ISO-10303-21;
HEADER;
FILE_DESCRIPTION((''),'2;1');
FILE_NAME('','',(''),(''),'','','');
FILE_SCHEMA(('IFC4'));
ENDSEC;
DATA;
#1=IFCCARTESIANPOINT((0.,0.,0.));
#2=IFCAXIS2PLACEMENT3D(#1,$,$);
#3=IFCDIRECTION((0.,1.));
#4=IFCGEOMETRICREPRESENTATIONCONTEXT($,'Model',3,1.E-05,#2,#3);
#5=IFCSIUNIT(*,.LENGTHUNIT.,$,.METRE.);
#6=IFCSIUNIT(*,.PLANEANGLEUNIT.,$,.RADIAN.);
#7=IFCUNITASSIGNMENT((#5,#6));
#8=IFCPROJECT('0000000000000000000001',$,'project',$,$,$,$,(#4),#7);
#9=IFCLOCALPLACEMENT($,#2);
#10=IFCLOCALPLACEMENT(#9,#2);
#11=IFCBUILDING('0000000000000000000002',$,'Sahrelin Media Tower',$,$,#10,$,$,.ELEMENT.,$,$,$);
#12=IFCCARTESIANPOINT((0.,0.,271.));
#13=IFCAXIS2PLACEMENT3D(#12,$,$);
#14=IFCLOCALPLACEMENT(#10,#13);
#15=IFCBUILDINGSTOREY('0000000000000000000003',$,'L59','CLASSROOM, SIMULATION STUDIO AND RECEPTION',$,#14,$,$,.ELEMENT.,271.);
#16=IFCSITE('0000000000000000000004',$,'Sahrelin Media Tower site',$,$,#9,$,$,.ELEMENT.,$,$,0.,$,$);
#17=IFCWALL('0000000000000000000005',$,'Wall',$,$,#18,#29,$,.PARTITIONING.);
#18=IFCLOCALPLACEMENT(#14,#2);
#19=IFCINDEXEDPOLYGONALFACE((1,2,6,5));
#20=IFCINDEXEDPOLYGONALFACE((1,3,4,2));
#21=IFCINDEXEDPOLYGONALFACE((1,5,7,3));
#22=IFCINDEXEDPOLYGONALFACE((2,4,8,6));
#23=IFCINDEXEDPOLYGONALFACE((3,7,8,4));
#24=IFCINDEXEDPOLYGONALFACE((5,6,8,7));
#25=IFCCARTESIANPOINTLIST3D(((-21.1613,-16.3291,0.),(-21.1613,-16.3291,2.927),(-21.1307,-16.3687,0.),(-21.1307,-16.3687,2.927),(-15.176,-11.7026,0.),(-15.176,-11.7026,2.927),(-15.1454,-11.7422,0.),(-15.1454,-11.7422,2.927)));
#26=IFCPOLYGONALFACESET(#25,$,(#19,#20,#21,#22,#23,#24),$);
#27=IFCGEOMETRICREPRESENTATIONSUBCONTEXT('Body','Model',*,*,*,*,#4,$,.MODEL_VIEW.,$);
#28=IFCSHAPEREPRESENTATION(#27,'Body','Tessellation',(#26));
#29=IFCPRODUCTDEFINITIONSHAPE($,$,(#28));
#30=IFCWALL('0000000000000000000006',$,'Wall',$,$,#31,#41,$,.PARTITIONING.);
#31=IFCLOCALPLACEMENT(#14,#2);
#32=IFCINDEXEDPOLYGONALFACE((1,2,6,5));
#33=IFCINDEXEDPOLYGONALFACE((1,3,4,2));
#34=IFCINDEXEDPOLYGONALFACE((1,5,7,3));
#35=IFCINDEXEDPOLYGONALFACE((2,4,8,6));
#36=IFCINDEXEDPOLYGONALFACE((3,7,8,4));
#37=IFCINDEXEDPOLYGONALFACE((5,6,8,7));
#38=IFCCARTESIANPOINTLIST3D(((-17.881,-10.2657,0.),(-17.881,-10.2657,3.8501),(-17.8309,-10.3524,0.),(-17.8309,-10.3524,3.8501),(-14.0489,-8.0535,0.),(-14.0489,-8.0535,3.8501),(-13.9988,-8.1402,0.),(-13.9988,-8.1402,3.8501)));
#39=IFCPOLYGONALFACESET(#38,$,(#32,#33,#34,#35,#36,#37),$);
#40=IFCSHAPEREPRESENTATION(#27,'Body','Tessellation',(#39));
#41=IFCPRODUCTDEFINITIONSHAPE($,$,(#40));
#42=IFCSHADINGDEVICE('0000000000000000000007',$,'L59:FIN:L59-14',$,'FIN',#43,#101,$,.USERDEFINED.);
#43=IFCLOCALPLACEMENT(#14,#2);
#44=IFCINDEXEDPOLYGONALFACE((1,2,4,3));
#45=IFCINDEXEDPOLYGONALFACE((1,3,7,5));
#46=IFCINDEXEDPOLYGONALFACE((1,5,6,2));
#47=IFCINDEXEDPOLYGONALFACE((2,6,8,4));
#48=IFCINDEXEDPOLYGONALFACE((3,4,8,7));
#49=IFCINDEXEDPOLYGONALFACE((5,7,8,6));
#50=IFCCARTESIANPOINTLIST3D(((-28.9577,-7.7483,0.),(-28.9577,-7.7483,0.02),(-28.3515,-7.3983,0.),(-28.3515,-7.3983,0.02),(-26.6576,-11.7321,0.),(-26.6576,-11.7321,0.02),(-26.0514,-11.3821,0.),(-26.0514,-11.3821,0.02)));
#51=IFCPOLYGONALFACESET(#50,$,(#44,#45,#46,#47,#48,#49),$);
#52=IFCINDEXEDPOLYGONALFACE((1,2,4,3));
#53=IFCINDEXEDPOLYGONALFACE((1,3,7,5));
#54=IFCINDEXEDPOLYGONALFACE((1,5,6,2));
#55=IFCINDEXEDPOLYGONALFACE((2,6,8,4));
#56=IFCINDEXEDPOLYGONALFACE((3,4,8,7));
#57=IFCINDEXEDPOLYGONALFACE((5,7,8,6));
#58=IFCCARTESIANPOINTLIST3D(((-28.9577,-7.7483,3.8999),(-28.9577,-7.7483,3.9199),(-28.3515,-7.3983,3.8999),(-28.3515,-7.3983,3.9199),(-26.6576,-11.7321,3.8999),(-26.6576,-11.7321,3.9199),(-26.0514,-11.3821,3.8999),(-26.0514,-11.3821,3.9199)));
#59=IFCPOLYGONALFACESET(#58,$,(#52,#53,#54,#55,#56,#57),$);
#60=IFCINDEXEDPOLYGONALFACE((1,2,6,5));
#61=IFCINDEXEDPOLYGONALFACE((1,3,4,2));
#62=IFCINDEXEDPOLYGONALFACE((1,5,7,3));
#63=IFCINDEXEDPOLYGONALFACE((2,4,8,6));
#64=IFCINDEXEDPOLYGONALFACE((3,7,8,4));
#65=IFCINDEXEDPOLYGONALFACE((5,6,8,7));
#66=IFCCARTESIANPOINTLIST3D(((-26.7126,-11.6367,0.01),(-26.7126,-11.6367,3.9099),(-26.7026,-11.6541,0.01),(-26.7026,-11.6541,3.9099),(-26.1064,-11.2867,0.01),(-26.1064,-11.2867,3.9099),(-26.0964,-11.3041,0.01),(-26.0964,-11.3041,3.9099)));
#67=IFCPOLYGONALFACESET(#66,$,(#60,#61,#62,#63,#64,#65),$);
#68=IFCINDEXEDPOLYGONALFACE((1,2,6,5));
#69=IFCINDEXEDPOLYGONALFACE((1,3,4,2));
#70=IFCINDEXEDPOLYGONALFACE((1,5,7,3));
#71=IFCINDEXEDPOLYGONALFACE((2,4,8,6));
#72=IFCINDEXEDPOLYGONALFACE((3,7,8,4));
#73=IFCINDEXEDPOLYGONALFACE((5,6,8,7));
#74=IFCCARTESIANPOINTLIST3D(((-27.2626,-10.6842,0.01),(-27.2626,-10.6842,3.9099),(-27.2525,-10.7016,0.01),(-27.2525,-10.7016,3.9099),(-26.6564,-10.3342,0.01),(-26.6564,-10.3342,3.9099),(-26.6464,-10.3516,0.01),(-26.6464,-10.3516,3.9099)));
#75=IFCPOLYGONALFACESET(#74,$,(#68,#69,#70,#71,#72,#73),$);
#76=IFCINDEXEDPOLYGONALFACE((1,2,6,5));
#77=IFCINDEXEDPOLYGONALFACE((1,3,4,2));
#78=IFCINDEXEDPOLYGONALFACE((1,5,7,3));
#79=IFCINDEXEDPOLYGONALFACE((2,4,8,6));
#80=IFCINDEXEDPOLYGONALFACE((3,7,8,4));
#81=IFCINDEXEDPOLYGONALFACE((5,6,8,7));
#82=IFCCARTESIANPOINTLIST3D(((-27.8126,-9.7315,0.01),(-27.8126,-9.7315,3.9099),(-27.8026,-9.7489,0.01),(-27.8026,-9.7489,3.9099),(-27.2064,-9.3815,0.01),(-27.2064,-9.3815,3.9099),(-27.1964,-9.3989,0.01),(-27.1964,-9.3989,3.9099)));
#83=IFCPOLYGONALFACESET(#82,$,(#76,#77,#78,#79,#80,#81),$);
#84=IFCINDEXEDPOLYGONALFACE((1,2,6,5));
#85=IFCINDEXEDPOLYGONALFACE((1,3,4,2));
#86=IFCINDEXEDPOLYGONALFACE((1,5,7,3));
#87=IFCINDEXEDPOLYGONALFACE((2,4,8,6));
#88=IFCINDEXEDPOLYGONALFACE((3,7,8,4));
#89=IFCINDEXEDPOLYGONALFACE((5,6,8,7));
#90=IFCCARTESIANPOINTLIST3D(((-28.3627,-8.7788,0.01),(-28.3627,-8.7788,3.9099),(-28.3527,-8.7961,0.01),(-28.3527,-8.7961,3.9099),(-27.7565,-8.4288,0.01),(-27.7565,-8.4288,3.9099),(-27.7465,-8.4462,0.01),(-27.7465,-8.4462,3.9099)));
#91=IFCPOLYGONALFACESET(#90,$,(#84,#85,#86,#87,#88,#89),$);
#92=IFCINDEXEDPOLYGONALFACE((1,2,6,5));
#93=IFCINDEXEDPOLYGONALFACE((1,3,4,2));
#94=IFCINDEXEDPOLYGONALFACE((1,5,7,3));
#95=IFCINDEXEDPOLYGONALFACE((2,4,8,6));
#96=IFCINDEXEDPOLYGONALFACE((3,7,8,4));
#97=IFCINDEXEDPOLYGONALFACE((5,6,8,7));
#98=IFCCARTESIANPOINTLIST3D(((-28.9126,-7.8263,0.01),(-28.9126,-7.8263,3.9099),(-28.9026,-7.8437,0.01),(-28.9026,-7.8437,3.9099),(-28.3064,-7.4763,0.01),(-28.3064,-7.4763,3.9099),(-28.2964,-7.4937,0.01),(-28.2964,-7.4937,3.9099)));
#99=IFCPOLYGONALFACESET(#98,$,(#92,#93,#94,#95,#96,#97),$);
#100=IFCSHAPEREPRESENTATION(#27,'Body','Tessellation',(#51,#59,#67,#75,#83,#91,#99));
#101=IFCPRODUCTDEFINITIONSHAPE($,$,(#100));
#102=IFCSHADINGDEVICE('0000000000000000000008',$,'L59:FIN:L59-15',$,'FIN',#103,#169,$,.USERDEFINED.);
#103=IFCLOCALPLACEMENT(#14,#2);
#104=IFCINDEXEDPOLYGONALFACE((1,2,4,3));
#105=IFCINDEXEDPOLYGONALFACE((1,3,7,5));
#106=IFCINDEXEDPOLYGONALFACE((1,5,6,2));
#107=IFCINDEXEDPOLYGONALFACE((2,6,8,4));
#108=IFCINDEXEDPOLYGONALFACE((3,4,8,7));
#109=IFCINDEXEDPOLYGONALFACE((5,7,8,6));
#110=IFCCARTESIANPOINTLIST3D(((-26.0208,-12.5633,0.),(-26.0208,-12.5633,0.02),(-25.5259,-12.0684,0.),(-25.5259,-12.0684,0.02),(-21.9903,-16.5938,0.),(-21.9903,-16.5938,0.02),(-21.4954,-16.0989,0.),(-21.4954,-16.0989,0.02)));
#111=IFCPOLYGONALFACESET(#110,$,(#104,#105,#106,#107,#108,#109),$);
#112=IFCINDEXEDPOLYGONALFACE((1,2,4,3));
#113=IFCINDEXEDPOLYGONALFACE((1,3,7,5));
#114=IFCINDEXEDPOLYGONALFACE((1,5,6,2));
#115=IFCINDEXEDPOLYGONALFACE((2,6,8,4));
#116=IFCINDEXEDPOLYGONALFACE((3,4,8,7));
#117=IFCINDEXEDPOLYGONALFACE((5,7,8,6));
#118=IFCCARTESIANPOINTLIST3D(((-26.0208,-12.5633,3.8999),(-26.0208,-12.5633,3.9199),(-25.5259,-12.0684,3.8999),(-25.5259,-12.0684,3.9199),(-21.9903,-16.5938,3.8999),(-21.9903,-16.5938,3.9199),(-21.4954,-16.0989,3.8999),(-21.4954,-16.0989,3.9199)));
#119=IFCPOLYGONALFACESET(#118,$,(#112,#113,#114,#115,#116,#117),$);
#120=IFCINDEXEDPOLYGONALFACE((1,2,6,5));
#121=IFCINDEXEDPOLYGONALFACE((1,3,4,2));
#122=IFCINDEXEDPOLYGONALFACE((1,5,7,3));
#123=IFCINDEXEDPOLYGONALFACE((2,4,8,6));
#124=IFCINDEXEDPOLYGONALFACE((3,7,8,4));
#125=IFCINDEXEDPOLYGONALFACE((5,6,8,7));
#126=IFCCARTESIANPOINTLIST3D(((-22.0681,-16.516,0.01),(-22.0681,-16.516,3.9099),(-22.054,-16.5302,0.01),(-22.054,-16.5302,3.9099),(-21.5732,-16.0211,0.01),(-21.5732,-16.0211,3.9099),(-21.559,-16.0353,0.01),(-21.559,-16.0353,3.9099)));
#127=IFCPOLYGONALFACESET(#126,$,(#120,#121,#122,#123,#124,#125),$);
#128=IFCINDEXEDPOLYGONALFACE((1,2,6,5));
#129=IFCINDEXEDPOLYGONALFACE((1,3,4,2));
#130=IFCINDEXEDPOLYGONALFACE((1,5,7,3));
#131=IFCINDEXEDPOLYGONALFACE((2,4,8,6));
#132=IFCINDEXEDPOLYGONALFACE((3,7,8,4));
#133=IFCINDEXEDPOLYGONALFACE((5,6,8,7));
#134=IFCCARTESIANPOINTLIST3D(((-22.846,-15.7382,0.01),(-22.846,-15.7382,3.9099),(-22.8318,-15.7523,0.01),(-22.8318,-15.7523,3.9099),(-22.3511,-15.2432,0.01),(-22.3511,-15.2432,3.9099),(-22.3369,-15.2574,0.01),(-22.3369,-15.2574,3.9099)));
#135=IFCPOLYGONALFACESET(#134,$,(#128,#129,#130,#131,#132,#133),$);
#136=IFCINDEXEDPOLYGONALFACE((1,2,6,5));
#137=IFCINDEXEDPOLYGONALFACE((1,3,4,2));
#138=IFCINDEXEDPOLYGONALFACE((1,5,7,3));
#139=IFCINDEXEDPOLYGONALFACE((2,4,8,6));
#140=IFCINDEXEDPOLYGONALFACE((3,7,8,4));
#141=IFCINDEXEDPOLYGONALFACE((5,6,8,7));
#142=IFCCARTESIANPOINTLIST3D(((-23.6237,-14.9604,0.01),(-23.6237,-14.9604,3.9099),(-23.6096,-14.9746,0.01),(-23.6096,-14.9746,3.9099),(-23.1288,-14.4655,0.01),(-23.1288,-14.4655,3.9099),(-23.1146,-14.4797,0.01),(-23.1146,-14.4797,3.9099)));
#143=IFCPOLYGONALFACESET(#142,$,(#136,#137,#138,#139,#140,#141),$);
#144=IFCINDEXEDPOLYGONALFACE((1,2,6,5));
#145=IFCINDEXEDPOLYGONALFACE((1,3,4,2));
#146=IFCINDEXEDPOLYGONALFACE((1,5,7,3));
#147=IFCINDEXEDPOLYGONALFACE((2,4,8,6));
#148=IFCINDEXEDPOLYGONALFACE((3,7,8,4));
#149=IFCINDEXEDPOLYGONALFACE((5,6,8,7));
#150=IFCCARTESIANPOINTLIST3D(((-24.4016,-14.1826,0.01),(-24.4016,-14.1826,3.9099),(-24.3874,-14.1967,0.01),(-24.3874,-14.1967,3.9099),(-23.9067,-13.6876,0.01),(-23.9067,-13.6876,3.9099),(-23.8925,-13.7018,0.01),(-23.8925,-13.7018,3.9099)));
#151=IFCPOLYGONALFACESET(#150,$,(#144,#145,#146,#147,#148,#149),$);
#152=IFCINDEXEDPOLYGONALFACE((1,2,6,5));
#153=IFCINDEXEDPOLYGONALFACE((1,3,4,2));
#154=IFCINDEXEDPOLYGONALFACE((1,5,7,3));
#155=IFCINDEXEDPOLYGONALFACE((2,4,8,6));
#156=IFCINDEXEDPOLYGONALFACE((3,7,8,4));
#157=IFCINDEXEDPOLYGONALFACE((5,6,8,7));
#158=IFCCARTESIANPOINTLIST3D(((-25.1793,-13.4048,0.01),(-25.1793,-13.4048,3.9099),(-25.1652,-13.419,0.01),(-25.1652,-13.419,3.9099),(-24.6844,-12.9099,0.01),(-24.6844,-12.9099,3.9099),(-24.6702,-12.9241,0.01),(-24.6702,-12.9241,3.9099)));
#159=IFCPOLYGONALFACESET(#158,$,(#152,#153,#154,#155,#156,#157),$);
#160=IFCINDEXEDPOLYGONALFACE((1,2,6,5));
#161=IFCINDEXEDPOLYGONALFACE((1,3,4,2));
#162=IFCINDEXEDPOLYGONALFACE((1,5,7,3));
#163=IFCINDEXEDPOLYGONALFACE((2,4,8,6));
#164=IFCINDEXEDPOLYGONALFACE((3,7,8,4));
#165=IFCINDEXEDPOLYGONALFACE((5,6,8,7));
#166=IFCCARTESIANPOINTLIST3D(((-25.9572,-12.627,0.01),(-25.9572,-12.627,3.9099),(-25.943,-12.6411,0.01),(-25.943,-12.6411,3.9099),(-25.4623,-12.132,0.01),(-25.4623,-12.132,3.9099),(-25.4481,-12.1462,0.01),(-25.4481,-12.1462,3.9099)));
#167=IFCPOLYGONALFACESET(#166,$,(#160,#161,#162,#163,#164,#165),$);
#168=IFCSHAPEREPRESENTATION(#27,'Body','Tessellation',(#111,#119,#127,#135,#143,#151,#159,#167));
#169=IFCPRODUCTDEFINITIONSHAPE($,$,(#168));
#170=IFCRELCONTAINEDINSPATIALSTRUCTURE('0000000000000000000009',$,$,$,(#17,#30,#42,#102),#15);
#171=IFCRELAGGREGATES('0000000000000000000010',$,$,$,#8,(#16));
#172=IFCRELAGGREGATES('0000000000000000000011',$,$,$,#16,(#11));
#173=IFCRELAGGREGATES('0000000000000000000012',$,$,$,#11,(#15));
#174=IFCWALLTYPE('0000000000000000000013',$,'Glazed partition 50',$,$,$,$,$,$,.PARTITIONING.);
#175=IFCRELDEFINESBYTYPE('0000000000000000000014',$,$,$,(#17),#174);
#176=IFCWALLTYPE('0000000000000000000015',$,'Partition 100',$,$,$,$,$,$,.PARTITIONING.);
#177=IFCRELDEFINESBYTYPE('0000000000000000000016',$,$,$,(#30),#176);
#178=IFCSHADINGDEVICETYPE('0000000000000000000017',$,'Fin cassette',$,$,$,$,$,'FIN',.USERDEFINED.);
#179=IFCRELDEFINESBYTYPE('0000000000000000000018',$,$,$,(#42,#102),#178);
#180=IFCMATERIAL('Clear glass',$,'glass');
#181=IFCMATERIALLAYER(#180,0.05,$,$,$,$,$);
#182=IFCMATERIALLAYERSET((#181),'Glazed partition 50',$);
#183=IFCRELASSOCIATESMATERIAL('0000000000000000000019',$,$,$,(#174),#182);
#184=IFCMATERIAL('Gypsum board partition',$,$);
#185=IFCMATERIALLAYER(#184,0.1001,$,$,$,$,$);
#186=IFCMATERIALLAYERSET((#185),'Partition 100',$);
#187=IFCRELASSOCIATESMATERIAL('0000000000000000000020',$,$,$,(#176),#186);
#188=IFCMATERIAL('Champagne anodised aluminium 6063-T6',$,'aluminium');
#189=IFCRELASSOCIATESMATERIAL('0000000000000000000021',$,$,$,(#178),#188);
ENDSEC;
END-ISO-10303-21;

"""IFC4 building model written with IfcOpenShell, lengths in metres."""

from ifc_helpers import new_model, si_unit, direction, frame, frame_2d, origin, origin_2d, place, context, subcontext, project, spatial, rectangle, extrude, material, layer, layer_set, type_object, element, save


model = new_model("IFC4")

# Units and contexts
model_context = context("Model", 3, precision=1e-05, world=origin(), true_north=direction((0.0, 1.0)))
body_context = subcontext(model_context, "Body", "Model", "MODEL_VIEW")
ifc_project = project(units=[si_unit("LENGTHUNIT", "METRE"), si_unit("PLANEANGLEUNIT", "RADIAN")], contexts=[model_context])

# Site, building, storey
site_placement = place(None, origin())
site = spatial("IfcSite", under=ifc_project, at=site_placement, Name="Sahrelin Media Tower site", CompositionType="ELEMENT", RefElevation=0.0)
building_placement = place(site_placement, origin())
building = spatial("IfcBuilding", under=site, at=building_placement, Name="Sahrelin Media Tower", CompositionType="ELEMENT")
storey_placement = place(building_placement, frame((0.0, 0.0, 271.0)))
storey = spatial("IfcBuildingStorey", under=building, at=storey_placement, Name="L59", Description="CLASSROOM, SIMULATION STUDIO AND RECEPTION", CompositionType="ELEMENT", Elevation=271.0)

# Shared definitions
ifc_material_1 = material(Name="Champagne anodised aluminium 6063-T6", Category="aluminium")

# Walls
ifc_material_2 = material(Name="Clear glass", Category="glass")
ifc_layer_1 = layer(ifc_material_2, 0.05)
ifc_layer_set_1 = layer_set([ifc_layer_1], Name="Glazed partition 50")
wall_type_1 = type_object("IfcWallType", Name="Glazed partition 50", PredefinedType="PARTITIONING", material=ifc_layer_set_1)
wall_1_placement = place(storey_placement, frame((-21.146, -16.3489, 0.0), z_axis=(0.0, 0.0, 1.0), x_axis=(0.791194, 0.611565, 0.0)))
element("IfcWall", 1, at=wall_1_placement, inside=storey, type_object=wall_type_1, Name="Wall", PredefinedType="PARTITIONING", context=body_context, shape_type="SweptSolid", body=[
    extrude(rectangle(XDim=7.5649, YDim=0.05, at=frame_2d((3.7825, 0.0))), origin(), (0.0, 0.0, 1.0), 2.927),
])
ifc_material_3 = material(Name="Gypsum board partition")
ifc_layer_2 = layer(ifc_material_3, 0.1001)
ifc_layer_set_2 = layer_set([ifc_layer_2], Name="Partition 100")
wall_type_2 = type_object("IfcWallType", Name="Partition 100", PredefinedType="PARTITIONING", material=ifc_layer_set_2)
wall_2_placement = place(storey_placement, frame((-17.856, -10.3091, 0.0), z_axis=(0.0, 0.0, 1.0), x_axis=(0.866051, 0.499955, 0.0)))
element("IfcWall", 2, at=wall_2_placement, inside=storey, type_object=wall_type_2, Name="Wall", PredefinedType="PARTITIONING", context=body_context, shape_type="SweptSolid", body=[
    extrude(rectangle(XDim=4.4248, YDim=0.1001, at=frame_2d((2.2124, 0.0))), origin(), (0.0, 0.0, 1.0), 3.8501),
])

# Shading devices
shading_device_type_1 = type_object("IfcShadingDeviceType", Name="Fin cassette", ElementType="FIN", PredefinedType="USERDEFINED", material=ifc_material_1)
placement_1 = place(storey_placement, frame((-27.1409, -9.3552, 0.0), z_axis=(0.0, 0.0, 1.0), x_axis=(-0.500011, 0.866019, 0.0)))
element("IfcShadingDevice", 3, at=placement_1, inside=storey, type_object=shading_device_type_1, Name="L59:FIN:L59-14", ObjectType="FIN", PredefinedType="USERDEFINED", context=body_context, shape_type="SweptSolid", body=[
    extrude(rectangle(XDim=4.6001, YDim=0.7, at=origin_2d()), frame((0.0, 0.4199, 0.0)), (0.0, 0.0, 1.0), 0.02),
    extrude(rectangle(XDim=4.6001, YDim=0.7, at=origin_2d()), frame((0.0, 0.4199, 3.8999)), (0.0, 0.0, 1.0), 0.02),
    extrude(rectangle(XDim=0.02, YDim=0.7, at=origin_2d()), frame((-2.2, 0.4199, 0.01), z_axis=(0.0, 0.0, 1.0), x_axis=(1.0, 0.0, 0.0)), (0.0, 0.0, 1.0), 3.8999),
    extrude(rectangle(XDim=0.02, YDim=0.7, at=origin_2d()), frame((-1.1001, 0.4199, 0.01), z_axis=(0.0, 0.0, 1.0), x_axis=(1.0, 0.0, 0.0)), (0.0, 0.0, 1.0), 3.8999),
    extrude(rectangle(XDim=0.02, YDim=0.7, at=origin_2d()), frame((0.0, 0.4199, 0.01), z_axis=(0.0, 0.0, 1.0), x_axis=(1.0, 0.0, 0.0)), (0.0, 0.0, 1.0), 3.8999),
    extrude(rectangle(XDim=0.02, YDim=0.7, at=origin_2d()), frame((1.1001, 0.4199, 0.01), z_axis=(0.0, 0.0, 1.0), x_axis=(1.0, 0.0, 0.0)), (0.0, 0.0, 1.0), 3.8999),
    extrude(rectangle(XDim=0.02, YDim=0.7, at=origin_2d()), frame((2.2, 0.4199, 0.01), z_axis=(0.0, 0.0, 1.0), x_axis=(1.0, 0.0, 0.0)), (0.0, 0.0, 1.0), 3.8999),
])
placement_2 = place(storey_placement, frame((-23.4612, -14.0342, 0.0), z_axis=(0.0, 0.0, 1.0), x_axis=(-0.707107, 0.707107, 0.0)))
element("IfcShadingDevice", 4, at=placement_2, inside=storey, type_object=shading_device_type_1, Name="L59:FIN:L59-15", ObjectType="FIN", PredefinedType="USERDEFINED", context=body_context, shape_type="SweptSolid", body=[
    extrude(rectangle(XDim=5.7, YDim=0.7, at=origin_2d()), frame((0.0, 0.4199, 0.0)), (0.0, 0.0, 1.0), 0.02),
    extrude(rectangle(XDim=5.7, YDim=0.7, at=origin_2d()), frame((0.0, 0.4199, 3.8999)), (0.0, 0.0, 1.0), 0.02),
    extrude(rectangle(XDim=0.02, YDim=0.7, at=origin_2d()), frame((-2.75, 0.4199, 0.01), z_axis=(0.0, 0.0, 1.0), x_axis=(1.0, 0.0, 0.0)), (0.0, 0.0, 1.0), 3.8999),
    extrude(rectangle(XDim=0.02, YDim=0.7, at=origin_2d()), frame((-1.6499, 0.4199, 0.01), z_axis=(0.0, 0.0, 1.0), x_axis=(1.0, 0.0, 0.0)), (0.0, 0.0, 1.0), 3.8999),
    extrude(rectangle(XDim=0.02, YDim=0.7, at=origin_2d()), frame((-0.55, 0.4199, 0.01), z_axis=(0.0, 0.0, 1.0), x_axis=(1.0, 0.0, 0.0)), (0.0, 0.0, 1.0), 3.8999),
    extrude(rectangle(XDim=0.02, YDim=0.7, at=origin_2d()), frame((0.55, 0.4199, 0.01), z_axis=(0.0, 0.0, 1.0), x_axis=(1.0, 0.0, 0.0)), (0.0, 0.0, 1.0), 3.8999),
    extrude(rectangle(XDim=0.02, YDim=0.7, at=origin_2d()), frame((1.6499, 0.4199, 0.01), z_axis=(0.0, 0.0, 1.0), x_axis=(1.0, 0.0, 0.0)), (0.0, 0.0, 1.0), 3.8999),
    extrude(rectangle(XDim=0.02, YDim=0.7, at=origin_2d()), frame((2.75, 0.4199, 0.01), z_axis=(0.0, 0.0, 1.0), x_axis=(1.0, 0.0, 0.0)), (0.0, 0.0, 1.0), 3.8999),
])

save(model, "model.ifc")
